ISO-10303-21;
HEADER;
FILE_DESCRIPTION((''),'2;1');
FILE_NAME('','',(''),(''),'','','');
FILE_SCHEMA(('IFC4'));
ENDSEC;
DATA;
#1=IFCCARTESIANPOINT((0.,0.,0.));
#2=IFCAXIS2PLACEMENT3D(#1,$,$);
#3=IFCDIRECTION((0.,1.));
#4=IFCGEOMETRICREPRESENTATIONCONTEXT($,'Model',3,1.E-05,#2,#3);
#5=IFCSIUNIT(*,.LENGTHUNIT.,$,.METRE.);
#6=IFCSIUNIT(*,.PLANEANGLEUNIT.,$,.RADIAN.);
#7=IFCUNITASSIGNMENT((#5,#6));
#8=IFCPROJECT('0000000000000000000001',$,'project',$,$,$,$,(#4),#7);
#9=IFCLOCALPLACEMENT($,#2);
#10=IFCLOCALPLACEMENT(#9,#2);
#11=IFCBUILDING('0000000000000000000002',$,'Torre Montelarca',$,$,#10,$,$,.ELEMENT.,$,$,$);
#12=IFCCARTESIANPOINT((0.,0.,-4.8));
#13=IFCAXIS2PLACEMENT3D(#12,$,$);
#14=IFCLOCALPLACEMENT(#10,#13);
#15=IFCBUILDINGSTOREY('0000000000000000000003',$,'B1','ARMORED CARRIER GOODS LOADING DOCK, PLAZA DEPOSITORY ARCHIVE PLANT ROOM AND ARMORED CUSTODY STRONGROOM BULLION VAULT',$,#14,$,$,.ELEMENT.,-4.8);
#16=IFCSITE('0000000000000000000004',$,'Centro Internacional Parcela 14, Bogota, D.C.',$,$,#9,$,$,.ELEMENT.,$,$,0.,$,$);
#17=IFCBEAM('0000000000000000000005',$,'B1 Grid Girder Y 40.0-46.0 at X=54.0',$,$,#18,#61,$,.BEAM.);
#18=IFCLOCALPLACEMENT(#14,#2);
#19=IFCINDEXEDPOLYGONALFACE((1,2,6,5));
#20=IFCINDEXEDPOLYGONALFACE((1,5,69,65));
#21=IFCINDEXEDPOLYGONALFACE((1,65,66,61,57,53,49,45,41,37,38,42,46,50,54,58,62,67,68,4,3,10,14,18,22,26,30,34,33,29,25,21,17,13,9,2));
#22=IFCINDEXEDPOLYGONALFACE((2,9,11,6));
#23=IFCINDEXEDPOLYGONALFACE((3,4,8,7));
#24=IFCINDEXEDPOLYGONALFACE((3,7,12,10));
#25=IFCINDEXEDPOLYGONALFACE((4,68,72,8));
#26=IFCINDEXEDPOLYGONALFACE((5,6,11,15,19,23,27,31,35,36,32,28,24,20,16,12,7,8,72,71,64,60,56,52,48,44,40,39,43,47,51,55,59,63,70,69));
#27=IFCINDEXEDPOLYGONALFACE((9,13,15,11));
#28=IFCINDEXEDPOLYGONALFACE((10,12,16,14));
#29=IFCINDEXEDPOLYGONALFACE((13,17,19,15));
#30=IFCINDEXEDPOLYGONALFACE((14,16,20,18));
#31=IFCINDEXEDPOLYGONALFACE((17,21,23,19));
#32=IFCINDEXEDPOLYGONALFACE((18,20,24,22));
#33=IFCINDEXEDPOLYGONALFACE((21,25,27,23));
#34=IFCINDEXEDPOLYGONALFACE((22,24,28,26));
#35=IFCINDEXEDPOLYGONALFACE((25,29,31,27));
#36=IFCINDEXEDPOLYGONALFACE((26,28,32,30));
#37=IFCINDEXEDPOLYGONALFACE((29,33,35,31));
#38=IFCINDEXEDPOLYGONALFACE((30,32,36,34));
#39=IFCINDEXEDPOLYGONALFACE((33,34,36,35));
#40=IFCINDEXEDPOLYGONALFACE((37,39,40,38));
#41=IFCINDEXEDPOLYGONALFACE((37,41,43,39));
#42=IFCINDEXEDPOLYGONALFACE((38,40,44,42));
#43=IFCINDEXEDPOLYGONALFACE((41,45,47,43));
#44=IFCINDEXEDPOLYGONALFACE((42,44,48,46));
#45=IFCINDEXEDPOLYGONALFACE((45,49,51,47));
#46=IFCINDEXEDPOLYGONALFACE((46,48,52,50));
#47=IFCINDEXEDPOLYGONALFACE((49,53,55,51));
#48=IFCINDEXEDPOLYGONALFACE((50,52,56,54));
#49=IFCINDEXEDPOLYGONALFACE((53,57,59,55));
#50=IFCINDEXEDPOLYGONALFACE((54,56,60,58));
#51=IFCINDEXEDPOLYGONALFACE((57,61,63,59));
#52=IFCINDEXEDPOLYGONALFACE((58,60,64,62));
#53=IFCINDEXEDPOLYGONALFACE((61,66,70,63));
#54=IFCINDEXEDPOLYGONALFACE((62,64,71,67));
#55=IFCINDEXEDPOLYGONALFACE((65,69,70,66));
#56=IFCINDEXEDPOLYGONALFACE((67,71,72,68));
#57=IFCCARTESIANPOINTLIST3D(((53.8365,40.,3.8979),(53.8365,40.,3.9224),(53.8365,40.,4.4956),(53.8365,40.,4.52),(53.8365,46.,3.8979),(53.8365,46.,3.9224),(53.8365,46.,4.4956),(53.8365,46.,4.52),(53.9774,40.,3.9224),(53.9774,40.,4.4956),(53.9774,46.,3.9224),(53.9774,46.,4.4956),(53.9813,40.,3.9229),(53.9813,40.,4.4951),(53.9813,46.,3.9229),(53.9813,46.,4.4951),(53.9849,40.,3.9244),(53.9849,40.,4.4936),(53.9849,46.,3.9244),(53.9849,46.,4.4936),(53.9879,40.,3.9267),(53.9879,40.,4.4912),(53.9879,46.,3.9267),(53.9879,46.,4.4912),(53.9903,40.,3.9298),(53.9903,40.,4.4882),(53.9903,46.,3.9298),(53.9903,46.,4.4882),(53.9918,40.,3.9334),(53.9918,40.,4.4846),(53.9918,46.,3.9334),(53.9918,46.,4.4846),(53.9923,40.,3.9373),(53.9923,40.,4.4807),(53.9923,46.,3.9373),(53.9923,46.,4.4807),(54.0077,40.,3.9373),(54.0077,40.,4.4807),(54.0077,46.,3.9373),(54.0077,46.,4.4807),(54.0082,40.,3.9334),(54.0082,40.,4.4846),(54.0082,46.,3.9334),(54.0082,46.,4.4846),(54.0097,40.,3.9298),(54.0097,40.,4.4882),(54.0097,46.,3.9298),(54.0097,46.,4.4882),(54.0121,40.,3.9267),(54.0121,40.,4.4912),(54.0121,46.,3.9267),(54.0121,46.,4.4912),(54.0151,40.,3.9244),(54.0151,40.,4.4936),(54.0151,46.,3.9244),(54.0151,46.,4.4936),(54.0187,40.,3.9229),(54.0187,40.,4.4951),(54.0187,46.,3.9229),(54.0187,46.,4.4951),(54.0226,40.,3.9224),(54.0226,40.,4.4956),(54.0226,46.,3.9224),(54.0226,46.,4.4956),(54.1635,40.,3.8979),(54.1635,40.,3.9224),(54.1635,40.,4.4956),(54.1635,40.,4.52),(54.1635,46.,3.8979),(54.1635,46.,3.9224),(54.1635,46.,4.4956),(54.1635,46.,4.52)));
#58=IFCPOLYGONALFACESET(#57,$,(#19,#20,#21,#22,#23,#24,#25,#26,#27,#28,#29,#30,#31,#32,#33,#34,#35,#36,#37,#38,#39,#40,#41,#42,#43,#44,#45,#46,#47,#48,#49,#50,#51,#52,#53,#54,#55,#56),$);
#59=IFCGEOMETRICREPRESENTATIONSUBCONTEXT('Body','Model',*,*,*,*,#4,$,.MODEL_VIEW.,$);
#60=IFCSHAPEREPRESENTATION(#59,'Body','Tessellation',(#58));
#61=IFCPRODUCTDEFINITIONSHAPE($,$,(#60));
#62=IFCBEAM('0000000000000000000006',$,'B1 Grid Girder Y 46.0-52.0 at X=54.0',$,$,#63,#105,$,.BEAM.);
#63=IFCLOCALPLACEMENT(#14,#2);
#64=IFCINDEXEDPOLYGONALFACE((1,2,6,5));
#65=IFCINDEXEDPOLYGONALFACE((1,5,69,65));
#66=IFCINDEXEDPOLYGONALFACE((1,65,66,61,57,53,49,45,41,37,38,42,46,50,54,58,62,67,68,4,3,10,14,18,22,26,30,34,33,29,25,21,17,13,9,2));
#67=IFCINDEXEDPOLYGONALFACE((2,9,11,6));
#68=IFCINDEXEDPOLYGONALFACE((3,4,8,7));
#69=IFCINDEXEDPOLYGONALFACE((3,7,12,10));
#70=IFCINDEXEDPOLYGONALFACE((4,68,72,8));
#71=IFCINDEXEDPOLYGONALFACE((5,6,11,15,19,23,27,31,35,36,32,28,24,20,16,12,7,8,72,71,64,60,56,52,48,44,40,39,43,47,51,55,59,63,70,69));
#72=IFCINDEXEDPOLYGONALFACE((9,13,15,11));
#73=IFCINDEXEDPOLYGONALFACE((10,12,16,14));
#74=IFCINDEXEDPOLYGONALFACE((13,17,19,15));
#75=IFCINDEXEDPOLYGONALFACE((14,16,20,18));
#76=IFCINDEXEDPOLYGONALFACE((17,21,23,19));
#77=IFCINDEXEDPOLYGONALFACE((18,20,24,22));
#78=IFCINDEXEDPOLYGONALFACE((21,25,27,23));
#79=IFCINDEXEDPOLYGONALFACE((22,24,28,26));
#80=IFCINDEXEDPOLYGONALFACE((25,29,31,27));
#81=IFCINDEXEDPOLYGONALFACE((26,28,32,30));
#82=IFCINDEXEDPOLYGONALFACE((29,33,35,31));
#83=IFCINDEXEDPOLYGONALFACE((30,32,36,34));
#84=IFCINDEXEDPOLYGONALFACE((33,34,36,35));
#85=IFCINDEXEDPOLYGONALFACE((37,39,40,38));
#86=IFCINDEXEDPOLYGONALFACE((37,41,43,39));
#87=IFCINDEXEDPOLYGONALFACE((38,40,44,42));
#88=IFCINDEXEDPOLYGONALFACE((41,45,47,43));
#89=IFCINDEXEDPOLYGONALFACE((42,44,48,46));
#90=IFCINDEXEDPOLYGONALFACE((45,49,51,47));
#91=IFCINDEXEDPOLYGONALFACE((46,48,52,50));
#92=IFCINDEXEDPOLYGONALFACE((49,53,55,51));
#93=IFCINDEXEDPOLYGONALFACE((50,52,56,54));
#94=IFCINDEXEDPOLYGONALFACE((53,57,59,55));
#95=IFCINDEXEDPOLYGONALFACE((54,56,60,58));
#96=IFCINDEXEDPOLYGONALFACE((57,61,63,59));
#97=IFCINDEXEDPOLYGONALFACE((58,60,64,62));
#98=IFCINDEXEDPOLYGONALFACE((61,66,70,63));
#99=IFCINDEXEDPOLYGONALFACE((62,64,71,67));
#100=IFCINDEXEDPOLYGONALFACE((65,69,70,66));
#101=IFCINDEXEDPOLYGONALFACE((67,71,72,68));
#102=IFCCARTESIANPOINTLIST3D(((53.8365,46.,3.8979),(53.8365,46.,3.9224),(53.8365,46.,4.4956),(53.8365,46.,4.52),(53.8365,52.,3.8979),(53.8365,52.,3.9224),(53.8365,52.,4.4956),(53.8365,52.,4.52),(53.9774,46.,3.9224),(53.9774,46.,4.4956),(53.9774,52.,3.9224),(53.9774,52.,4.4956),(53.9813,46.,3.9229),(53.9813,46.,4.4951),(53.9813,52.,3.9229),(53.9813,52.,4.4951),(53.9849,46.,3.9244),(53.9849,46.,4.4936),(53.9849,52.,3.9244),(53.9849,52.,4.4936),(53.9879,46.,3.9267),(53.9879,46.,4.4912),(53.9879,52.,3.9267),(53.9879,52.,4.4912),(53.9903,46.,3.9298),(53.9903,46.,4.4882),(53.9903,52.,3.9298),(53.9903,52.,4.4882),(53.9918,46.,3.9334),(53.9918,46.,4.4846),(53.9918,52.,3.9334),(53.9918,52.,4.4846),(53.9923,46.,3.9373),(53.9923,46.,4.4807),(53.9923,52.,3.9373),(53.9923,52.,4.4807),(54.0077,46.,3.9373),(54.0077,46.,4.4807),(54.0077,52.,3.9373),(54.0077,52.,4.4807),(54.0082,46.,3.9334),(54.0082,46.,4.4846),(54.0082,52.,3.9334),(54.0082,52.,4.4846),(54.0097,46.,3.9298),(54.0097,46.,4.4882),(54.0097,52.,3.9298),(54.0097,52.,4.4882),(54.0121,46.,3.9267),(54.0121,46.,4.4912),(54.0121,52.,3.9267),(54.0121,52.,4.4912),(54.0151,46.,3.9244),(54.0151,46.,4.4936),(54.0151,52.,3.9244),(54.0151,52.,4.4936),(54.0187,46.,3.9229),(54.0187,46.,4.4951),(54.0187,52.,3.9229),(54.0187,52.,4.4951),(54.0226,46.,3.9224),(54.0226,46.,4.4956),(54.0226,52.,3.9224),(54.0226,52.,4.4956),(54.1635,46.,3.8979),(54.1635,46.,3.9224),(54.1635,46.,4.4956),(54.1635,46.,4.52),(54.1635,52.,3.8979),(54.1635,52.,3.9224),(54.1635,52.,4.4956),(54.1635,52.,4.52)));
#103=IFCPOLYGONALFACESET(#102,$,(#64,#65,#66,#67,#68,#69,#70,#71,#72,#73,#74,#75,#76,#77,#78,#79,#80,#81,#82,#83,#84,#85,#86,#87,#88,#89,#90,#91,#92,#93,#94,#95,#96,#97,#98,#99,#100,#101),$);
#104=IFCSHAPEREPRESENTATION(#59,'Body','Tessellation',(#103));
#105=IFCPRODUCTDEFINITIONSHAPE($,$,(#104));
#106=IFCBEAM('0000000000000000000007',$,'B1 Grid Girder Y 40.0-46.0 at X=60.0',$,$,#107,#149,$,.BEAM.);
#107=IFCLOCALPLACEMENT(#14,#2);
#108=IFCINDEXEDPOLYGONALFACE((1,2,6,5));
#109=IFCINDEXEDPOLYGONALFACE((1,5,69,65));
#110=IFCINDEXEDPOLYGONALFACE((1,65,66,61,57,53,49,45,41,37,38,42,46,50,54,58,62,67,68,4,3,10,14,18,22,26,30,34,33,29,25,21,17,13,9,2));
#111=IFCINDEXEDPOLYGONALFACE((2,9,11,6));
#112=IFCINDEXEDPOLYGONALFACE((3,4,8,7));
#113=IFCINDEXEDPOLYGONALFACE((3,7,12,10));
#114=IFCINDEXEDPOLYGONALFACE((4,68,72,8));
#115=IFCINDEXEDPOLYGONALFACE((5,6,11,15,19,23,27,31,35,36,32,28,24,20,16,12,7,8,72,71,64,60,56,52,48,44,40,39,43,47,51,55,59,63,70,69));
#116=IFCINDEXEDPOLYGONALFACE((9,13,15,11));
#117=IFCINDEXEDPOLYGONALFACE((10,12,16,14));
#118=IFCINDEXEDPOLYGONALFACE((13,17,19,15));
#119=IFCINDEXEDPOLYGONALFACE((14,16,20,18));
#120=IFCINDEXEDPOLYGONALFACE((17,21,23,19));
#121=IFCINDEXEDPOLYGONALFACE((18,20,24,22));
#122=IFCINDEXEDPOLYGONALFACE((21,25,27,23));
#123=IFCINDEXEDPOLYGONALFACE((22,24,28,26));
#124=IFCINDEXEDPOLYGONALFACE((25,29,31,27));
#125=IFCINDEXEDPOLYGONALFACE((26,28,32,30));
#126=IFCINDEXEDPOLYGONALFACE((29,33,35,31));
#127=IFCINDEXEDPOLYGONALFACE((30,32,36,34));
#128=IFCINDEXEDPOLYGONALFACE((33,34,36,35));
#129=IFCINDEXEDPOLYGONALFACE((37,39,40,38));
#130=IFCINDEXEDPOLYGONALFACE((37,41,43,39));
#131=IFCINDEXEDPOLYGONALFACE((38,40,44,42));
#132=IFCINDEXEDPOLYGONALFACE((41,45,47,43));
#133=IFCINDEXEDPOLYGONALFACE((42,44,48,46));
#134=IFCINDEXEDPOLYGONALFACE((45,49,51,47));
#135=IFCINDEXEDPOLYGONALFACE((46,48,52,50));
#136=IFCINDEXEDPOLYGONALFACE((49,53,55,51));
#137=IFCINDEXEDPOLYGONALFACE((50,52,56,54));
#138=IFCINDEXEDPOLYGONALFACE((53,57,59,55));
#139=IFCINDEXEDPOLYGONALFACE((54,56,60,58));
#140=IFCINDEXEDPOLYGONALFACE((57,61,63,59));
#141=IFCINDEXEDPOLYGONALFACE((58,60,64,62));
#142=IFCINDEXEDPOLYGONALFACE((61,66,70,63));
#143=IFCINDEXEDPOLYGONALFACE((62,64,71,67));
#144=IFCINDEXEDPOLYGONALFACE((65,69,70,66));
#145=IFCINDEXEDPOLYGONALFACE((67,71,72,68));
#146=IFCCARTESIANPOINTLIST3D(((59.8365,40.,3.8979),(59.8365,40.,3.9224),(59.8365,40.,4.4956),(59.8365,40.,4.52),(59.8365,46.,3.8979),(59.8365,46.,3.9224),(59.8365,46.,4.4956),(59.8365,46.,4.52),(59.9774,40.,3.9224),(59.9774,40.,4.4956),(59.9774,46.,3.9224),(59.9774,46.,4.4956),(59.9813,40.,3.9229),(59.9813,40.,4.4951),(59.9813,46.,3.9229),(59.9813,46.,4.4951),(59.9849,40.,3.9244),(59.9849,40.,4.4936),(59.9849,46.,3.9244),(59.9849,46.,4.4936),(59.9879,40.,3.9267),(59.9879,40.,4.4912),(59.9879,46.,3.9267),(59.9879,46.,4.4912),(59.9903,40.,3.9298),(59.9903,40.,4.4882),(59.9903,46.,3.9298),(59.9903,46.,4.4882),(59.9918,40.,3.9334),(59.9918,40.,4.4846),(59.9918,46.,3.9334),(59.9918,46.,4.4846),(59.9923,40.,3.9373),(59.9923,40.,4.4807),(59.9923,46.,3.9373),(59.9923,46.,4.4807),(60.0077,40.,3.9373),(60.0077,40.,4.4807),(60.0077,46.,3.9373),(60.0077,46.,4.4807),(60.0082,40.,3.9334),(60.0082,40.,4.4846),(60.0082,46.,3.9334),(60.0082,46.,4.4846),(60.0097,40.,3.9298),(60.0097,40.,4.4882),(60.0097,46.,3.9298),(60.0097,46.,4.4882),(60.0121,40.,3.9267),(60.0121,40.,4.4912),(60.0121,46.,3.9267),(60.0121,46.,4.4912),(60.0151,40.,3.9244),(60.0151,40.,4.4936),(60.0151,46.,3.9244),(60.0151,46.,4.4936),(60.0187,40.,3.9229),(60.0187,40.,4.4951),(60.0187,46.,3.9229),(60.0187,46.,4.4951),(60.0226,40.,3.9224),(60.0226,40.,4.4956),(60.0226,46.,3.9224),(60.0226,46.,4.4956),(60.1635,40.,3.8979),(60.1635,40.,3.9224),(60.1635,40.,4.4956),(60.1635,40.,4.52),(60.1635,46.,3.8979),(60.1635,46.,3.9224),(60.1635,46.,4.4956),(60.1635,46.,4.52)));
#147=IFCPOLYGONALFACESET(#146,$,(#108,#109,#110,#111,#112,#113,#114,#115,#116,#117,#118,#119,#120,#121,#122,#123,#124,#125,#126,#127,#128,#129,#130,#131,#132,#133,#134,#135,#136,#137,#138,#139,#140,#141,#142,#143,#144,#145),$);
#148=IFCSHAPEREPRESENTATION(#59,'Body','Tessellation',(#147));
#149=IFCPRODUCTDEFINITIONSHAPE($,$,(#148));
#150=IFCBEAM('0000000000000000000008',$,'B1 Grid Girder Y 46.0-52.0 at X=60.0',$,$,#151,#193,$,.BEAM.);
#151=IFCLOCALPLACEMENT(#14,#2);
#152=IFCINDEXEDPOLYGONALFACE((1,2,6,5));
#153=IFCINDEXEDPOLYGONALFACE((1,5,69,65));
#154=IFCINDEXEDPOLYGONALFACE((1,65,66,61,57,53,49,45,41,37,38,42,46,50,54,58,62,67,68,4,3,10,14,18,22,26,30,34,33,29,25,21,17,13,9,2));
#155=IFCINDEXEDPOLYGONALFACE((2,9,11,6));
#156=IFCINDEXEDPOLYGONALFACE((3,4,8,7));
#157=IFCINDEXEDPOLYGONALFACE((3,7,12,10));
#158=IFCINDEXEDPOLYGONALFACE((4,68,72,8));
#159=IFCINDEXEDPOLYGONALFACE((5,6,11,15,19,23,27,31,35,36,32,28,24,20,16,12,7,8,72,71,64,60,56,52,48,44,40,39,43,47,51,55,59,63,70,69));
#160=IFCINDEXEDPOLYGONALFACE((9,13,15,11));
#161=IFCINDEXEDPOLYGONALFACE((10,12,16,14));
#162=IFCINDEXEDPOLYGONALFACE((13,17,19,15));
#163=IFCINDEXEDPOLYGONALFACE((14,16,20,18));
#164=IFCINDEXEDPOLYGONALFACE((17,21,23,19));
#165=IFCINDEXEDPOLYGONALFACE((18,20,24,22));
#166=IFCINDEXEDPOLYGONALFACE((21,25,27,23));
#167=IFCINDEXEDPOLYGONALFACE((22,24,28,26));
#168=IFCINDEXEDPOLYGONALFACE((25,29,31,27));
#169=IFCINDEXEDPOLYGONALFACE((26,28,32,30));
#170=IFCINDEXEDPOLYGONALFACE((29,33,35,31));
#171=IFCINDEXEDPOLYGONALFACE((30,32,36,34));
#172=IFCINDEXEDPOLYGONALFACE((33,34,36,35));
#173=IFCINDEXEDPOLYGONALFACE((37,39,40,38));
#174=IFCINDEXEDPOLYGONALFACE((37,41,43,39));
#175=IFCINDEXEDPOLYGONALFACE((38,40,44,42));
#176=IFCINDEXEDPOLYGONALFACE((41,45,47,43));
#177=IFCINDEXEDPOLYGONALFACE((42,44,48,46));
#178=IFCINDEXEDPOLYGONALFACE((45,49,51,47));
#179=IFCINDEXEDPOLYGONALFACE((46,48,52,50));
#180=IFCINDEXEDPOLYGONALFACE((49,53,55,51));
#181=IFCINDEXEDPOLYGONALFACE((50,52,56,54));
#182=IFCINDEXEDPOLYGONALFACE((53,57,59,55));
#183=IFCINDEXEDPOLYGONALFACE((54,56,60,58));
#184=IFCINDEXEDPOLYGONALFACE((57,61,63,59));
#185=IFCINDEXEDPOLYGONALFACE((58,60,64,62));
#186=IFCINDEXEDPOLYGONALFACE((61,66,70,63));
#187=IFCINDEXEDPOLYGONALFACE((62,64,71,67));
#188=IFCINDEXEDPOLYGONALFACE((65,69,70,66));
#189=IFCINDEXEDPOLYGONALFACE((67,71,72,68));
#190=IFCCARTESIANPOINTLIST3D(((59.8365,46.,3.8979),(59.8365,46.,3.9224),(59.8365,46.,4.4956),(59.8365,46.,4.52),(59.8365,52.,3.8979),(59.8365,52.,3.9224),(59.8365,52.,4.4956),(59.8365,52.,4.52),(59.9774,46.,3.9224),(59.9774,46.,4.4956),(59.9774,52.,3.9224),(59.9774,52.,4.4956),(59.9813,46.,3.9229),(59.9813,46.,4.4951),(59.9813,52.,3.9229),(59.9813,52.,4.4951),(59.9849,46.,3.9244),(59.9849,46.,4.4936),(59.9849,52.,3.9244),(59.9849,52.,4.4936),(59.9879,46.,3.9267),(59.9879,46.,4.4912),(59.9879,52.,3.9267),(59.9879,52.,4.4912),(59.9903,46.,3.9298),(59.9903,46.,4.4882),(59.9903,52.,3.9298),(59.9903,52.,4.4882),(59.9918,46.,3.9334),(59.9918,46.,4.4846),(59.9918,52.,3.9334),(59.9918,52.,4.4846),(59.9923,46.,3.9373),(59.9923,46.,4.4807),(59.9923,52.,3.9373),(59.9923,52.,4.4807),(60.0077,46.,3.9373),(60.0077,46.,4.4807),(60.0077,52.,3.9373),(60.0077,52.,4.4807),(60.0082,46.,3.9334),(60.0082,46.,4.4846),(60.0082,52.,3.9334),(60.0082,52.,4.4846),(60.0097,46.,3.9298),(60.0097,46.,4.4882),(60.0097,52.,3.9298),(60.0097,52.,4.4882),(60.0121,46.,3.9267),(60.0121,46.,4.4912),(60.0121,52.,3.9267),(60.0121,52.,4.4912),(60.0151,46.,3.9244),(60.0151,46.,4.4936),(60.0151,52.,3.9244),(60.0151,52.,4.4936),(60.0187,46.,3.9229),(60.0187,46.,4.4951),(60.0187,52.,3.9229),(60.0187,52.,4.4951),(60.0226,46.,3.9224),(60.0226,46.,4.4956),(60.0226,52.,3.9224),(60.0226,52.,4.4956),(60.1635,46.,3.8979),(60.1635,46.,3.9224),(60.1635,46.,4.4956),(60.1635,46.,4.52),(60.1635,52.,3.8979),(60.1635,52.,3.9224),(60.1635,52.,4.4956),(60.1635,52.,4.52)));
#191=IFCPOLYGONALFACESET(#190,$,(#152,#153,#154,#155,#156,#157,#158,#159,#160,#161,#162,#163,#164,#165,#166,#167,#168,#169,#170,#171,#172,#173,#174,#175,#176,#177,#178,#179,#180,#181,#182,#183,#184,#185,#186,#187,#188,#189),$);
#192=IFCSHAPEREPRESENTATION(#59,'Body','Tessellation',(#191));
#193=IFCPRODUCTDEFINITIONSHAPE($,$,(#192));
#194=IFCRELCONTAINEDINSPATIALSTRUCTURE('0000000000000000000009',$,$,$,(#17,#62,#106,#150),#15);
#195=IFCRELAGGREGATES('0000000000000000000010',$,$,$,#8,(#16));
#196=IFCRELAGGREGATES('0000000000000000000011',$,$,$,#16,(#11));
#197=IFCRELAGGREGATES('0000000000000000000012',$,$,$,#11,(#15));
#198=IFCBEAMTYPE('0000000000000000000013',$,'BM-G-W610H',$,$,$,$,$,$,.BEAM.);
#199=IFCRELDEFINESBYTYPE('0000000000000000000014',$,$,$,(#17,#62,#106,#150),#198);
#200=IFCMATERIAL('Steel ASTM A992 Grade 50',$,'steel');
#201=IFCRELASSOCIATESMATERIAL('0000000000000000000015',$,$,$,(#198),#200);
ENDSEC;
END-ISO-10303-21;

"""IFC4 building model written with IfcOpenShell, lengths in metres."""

from ifc_helpers import new_model, si_unit, direction, frame, origin, origin_2d, place, context, subcontext, project, spatial, i_section, extrude, source, transform, mapped, material, material_profile, profile_set, type_object, element, save


model = new_model("IFC4")

# Units and contexts
model_context = context("Model", 3, precision=1e-05, world=origin(), true_north=direction((0.0, 1.0)))
body_context = subcontext(model_context, "Body", "Model", "MODEL_VIEW")
ifc_project = project(units=[si_unit("LENGTHUNIT", "METRE"), si_unit("PLANEANGLEUNIT", "RADIAN")], contexts=[model_context])

# Site, building, storey
site_placement = place(None, origin())
site = spatial("IfcSite", under=ifc_project, at=site_placement, Name="Centro Internacional Parcela 14, Bogota, D.C.", CompositionType="ELEMENT", RefElevation=0.0)
building_placement = place(site_placement, origin())
building = spatial("IfcBuilding", under=site, at=building_placement, Name="Torre Montelarca", CompositionType="ELEMENT")
storey_placement = place(building_placement, frame((0.0, 0.0, -4.8)))
storey = spatial("IfcBuildingStorey", under=building, at=storey_placement, Name="B1", Description="ARMORED CARRIER GOODS LOADING DOCK, PLAZA DEPOSITORY ARCHIVE PLANT ROOM AND ARMORED CUSTODY STRONGROOM BULLION VAULT", CompositionType="ELEMENT", Elevation=-4.8)

# Beams
ifc_material_1 = material(Name="Steel ASTM A992 Grade 50", Category="steel")
ifc_material_profile_1 = material_profile(ifc_material_1, i_section(OverallWidth=0.3269, OverallDepth=0.6221, WebThickness=0.0154, FlangeThickness=0.0244, FilletRadius=0.0149, at=origin_2d()), Name="W610X195", Category="steel")
ifc_profile_set_1 = profile_set([ifc_material_profile_1], Name="Steel ASTM A992 Grade 50")
beam_type_1 = type_object("IfcBeamType", Name="BM-G-W610H", PredefinedType="BEAM", material=ifc_profile_set_1)
shared_shape_1 = source(origin(), body_context, "Body", "SweptSolid", [
    extrude(i_section(OverallWidth=0.3269, OverallDepth=0.6221, WebThickness=0.0154, FlangeThickness=0.0244, FilletRadius=0.0149, at=origin_2d()), origin(), (0.0, 0.0, 1.0), 6.0),
])
for number, where, z_axis, x_axis, name in (
    (1, (54.0, 40.0, 4.209), (0.0, 1.0, 0.0), (-1.0, 0.0, 0.0), "B1 Grid Girder Y 40.0-46.0 at X=54.0"),
    (2, (54.0, 46.0, 4.209), (0.0, 1.0, 0.0), (-1.0, 0.0, 0.0), "B1 Grid Girder Y 46.0-52.0 at X=54.0"),
    (3, (60.0, 40.0, 4.209), (0.0, 1.0, 0.0), (-1.0, 0.0, 0.0), "B1 Grid Girder Y 40.0-46.0 at X=60.0"),
    (4, (60.0, 46.0, 4.209), (0.0, 1.0, 0.0), (-1.0, 0.0, 0.0), "B1 Grid Girder Y 46.0-52.0 at X=60.0"),
):
    element("IfcBeam", number, at=place(storey_placement, frame(where, z_axis=z_axis, x_axis=x_axis)), inside=storey, type_object=beam_type_1, Name=name, PredefinedType="BEAM", context=body_context, shape_type="MappedRepresentation", body=[
        mapped(shared_shape_1, transform((0.0, 0.0, 0.0), scale=1.0)),
    ])

save(model, "model.ifc")
